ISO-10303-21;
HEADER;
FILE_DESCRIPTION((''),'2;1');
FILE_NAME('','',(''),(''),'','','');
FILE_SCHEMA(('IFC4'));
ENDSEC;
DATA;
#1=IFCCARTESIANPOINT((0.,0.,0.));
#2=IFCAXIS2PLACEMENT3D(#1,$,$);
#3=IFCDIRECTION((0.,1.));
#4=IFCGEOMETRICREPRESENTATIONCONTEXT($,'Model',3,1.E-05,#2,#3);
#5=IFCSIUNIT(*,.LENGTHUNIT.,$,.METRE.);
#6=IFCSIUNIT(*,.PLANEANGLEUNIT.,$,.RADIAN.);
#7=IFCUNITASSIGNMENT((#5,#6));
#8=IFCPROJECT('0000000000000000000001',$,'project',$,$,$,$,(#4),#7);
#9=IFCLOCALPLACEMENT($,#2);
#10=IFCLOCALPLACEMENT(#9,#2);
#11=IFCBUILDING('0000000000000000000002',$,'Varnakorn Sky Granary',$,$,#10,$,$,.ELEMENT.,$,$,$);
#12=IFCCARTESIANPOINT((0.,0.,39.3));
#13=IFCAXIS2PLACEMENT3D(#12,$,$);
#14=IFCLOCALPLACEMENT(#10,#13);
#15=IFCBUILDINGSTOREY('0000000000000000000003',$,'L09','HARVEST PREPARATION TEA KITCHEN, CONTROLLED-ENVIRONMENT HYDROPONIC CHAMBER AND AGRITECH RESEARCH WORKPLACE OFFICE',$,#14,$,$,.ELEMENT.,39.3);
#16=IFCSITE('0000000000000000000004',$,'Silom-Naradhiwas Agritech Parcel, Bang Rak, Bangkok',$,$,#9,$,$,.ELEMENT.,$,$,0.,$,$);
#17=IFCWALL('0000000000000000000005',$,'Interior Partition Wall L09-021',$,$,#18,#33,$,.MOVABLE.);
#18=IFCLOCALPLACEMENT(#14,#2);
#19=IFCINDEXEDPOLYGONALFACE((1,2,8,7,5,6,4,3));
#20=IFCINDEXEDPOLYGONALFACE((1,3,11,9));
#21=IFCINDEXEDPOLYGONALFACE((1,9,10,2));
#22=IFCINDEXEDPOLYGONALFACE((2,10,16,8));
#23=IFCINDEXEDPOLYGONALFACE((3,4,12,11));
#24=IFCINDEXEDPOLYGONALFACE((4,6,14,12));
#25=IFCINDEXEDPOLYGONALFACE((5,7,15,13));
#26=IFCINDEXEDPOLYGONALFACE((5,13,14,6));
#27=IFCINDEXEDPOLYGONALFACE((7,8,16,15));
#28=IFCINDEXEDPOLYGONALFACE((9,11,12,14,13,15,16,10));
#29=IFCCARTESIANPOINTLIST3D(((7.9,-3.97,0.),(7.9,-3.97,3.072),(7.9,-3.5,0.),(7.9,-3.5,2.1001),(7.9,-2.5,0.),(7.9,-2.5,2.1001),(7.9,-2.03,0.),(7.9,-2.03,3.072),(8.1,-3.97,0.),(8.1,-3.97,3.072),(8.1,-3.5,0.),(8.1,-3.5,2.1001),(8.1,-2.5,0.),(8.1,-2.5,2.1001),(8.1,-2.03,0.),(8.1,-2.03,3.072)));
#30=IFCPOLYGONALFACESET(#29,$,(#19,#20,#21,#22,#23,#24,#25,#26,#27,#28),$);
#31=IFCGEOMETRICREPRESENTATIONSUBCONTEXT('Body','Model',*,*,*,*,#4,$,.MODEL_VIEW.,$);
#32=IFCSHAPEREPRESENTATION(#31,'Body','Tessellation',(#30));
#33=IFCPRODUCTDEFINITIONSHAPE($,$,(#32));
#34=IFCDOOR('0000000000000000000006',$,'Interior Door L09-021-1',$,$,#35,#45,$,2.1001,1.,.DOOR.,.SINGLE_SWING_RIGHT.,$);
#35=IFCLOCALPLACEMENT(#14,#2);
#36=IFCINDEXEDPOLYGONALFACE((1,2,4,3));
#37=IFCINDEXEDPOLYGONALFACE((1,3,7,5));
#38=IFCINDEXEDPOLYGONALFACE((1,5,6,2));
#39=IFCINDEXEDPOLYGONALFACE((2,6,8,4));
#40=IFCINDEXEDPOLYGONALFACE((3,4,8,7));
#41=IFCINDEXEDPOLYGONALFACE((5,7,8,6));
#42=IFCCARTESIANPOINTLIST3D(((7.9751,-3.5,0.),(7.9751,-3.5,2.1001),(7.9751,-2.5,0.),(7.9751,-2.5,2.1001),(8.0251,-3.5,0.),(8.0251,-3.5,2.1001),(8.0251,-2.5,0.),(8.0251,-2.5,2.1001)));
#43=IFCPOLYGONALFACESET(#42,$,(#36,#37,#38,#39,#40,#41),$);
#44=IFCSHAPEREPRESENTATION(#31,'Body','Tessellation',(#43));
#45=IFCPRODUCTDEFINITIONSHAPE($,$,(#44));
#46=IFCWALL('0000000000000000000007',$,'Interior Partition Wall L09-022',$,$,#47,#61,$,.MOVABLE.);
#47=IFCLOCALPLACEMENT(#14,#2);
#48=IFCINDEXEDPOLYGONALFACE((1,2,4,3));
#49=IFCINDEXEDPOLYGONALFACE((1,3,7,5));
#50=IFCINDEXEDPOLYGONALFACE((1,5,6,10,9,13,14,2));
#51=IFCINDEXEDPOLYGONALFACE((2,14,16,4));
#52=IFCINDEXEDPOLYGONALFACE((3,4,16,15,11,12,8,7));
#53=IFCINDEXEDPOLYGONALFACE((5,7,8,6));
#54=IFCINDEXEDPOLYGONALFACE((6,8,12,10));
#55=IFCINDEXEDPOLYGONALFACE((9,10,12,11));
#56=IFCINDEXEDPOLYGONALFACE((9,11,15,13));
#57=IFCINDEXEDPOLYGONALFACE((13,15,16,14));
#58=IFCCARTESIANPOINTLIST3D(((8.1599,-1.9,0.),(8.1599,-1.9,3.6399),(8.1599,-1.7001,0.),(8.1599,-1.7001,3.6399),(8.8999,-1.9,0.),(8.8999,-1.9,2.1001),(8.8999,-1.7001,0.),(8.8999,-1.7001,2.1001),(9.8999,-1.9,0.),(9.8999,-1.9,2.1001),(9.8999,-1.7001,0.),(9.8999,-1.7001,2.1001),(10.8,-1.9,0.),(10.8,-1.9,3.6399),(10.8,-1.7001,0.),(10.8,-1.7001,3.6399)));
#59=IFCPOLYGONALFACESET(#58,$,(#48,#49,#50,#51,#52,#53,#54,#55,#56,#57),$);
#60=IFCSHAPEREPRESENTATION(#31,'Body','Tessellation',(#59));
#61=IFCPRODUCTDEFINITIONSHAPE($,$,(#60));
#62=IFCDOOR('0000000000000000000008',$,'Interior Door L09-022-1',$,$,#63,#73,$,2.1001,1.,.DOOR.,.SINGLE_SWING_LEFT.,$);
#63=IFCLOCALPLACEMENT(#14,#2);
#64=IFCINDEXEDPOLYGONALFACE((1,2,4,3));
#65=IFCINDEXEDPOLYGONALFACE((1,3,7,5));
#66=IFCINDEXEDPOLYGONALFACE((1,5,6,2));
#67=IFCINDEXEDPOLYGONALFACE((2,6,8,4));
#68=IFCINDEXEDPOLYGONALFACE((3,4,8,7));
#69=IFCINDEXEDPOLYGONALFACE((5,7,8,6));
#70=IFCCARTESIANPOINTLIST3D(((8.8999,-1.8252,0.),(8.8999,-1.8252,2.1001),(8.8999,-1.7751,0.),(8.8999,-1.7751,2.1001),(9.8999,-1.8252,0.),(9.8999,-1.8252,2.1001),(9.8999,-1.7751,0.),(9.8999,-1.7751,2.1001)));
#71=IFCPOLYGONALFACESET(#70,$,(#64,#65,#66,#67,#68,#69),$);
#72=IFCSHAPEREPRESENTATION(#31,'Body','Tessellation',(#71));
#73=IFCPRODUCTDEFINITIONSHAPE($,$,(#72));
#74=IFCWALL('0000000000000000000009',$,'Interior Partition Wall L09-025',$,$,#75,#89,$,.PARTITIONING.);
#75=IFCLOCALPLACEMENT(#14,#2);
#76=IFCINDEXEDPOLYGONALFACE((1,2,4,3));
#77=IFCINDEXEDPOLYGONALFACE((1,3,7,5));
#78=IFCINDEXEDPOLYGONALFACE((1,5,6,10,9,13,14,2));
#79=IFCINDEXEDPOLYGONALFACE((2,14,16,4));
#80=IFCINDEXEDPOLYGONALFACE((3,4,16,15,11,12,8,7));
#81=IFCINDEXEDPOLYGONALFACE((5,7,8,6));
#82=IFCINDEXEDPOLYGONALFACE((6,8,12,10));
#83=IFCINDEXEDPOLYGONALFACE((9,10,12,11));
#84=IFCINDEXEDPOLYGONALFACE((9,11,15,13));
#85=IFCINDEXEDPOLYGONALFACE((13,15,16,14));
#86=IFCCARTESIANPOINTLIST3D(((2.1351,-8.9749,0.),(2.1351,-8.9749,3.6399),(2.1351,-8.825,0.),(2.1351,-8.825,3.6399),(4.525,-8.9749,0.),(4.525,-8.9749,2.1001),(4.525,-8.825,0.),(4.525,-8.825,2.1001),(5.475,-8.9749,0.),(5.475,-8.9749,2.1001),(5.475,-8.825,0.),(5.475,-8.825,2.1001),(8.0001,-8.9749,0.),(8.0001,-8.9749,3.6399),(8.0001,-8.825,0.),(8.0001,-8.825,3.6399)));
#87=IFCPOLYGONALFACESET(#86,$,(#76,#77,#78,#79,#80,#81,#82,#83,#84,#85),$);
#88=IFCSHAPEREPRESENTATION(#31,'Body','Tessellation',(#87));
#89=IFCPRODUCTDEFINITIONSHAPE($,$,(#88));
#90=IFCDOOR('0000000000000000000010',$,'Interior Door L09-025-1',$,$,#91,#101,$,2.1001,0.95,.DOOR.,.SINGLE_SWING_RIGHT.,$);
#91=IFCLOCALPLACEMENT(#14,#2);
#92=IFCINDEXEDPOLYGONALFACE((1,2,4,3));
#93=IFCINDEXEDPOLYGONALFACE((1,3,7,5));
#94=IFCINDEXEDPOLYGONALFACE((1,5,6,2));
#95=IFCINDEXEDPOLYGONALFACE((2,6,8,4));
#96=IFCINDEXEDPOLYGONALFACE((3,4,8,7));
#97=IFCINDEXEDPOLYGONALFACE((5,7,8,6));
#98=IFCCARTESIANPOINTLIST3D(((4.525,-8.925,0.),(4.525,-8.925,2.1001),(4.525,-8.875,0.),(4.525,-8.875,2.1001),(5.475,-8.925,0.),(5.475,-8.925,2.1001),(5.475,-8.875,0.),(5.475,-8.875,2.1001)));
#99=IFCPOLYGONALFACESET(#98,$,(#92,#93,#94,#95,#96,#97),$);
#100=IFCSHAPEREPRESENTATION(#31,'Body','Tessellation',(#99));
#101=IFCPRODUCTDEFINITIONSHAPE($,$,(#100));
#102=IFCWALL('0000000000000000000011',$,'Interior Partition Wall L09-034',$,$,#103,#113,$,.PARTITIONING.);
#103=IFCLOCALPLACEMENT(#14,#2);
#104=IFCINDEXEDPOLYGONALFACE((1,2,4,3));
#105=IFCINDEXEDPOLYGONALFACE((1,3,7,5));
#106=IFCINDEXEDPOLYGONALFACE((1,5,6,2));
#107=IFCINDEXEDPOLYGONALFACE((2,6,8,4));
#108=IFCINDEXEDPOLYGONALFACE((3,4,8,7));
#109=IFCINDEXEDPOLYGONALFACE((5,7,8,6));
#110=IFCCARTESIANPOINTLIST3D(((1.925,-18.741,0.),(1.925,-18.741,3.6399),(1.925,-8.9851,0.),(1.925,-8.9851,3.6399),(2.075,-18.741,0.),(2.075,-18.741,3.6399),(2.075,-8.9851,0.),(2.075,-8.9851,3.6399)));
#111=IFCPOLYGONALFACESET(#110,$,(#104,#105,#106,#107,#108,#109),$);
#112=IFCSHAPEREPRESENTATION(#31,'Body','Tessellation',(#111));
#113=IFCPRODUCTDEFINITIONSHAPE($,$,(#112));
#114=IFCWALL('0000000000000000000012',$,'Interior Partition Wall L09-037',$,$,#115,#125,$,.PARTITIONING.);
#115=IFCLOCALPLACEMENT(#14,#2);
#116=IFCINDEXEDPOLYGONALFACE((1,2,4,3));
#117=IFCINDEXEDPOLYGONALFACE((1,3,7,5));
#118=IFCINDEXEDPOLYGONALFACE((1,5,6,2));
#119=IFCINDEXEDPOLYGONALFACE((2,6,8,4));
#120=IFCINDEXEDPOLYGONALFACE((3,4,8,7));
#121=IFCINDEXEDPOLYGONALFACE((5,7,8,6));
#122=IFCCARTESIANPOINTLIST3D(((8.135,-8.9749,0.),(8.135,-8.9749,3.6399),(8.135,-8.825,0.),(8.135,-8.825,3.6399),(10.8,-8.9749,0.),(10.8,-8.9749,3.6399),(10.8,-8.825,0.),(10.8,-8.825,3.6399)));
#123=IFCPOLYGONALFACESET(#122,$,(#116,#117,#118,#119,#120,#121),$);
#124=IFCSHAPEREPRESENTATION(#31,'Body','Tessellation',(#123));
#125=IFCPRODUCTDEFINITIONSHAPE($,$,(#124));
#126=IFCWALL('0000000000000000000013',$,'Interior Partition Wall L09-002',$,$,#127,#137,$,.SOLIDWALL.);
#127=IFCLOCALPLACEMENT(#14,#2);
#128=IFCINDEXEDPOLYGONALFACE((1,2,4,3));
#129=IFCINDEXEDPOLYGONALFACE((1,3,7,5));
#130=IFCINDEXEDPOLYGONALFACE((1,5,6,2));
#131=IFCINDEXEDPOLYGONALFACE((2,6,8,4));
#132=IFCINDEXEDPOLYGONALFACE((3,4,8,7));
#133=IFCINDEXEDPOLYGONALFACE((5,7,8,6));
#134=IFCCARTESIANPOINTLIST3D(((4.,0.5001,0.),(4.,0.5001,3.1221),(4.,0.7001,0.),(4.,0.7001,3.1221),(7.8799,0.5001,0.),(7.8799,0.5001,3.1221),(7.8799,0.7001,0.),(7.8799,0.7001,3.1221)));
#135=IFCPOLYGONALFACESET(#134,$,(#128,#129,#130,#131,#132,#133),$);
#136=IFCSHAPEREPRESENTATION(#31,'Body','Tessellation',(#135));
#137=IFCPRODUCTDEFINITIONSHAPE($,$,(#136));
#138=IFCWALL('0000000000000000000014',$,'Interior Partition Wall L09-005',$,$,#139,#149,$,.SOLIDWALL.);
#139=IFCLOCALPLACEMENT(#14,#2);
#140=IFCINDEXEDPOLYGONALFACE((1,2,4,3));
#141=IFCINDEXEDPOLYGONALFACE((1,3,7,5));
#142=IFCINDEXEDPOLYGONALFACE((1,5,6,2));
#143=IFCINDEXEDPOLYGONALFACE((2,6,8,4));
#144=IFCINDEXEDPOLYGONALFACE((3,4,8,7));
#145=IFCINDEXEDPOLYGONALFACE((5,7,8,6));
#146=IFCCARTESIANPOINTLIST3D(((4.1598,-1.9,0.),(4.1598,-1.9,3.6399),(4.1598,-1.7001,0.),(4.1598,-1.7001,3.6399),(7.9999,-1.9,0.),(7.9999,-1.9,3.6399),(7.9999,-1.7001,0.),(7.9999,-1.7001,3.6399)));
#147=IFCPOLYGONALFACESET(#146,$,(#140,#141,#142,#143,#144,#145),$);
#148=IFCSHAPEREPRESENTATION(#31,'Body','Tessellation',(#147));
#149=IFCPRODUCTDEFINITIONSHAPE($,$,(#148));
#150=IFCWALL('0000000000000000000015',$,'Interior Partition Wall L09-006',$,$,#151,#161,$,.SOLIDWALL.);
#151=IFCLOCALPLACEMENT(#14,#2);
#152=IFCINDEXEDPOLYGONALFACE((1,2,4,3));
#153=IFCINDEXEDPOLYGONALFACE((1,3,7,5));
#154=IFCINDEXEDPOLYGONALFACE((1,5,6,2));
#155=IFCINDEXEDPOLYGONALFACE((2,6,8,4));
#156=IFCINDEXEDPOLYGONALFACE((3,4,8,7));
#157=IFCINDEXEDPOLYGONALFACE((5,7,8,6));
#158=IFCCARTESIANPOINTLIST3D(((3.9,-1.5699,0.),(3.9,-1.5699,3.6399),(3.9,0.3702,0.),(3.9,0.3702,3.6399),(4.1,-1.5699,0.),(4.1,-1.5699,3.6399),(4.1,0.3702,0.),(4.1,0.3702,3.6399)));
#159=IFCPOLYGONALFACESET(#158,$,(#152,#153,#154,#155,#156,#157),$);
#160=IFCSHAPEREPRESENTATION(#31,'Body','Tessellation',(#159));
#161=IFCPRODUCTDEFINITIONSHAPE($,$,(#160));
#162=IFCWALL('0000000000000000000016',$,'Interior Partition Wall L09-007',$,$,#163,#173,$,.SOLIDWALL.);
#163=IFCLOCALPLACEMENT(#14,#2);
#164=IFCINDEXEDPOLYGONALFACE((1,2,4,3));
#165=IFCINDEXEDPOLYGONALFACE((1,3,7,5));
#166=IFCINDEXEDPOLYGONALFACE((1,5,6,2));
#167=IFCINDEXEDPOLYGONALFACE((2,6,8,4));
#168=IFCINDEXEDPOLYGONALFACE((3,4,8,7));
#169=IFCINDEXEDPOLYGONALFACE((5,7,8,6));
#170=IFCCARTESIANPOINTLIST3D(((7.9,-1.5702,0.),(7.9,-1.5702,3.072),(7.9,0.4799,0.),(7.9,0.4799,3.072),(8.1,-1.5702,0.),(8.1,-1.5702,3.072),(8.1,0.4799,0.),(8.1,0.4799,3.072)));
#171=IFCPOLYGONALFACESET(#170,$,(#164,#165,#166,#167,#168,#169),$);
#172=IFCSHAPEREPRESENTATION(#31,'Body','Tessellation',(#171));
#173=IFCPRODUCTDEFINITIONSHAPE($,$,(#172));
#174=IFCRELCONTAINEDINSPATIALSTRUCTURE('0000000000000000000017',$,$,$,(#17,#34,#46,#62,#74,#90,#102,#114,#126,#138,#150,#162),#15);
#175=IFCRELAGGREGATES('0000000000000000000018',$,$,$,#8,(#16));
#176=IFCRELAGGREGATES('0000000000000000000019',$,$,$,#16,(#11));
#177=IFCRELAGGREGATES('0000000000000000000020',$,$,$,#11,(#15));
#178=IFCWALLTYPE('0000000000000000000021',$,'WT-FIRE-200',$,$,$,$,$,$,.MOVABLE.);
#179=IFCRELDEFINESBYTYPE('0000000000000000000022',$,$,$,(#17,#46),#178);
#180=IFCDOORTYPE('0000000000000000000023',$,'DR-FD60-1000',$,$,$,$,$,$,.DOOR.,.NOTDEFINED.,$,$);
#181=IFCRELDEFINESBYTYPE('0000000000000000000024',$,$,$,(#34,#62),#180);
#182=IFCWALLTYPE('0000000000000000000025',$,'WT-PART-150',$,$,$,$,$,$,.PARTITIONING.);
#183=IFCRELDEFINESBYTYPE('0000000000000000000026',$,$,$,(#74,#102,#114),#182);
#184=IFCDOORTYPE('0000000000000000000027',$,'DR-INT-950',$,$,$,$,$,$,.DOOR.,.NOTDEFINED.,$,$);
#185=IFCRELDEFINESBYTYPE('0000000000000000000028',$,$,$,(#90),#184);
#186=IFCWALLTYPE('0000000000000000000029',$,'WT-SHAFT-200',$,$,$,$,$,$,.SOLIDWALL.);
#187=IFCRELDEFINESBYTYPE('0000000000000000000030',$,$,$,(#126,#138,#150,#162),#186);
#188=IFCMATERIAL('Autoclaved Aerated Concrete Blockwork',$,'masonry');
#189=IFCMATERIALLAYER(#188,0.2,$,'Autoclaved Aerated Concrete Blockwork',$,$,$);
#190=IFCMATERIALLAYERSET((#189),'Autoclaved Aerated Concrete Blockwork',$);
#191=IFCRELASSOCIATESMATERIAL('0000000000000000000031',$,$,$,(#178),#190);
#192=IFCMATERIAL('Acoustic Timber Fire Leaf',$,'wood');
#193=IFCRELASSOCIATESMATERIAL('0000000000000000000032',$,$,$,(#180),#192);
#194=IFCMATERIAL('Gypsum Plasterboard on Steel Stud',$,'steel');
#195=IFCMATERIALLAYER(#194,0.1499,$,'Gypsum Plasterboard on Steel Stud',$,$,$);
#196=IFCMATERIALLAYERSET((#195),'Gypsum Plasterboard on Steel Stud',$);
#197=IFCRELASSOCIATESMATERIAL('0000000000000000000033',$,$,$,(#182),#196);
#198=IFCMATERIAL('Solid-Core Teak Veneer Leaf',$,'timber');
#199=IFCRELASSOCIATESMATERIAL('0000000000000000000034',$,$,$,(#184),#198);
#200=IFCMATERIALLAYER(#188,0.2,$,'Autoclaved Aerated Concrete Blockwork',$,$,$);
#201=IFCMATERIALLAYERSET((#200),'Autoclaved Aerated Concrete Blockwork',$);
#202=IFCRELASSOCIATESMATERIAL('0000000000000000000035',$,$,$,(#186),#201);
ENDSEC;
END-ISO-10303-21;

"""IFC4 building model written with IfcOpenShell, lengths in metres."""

from ifc_helpers import new_model, si_unit, direction, frame, frame_2d, origin, place, context, subcontext, project, spatial, rectangle, extrude, material, layer, layer_set, type_object, element, fill, save


model = new_model("IFC4")

# Units and contexts
model_context = context("Model", 3, precision=1e-05, world=origin(), true_north=direction((0.0, 1.0)))
body_context = subcontext(model_context, "Body", "Model", "MODEL_VIEW")
ifc_project = project(units=[si_unit("LENGTHUNIT", "METRE"), si_unit("PLANEANGLEUNIT", "RADIAN")], contexts=[model_context])

# Site, building, storey
site_placement = place(None, origin())
site = spatial("IfcSite", under=ifc_project, at=site_placement, Name="Silom-Naradhiwas Agritech Parcel, Bang Rak, Bangkok", CompositionType="ELEMENT", RefElevation=0.0)
building_placement = place(site_placement, origin())
building = spatial("IfcBuilding", under=site, at=building_placement, Name="Varnakorn Sky Granary", CompositionType="ELEMENT")
storey_placement = place(building_placement, frame((0.0, 0.0, 39.3)))
storey = spatial("IfcBuildingStorey", under=building, at=storey_placement, Name="L09", Description="HARVEST PREPARATION TEA KITCHEN, CONTROLLED-ENVIRONMENT HYDROPONIC CHAMBER AND AGRITECH RESEARCH WORKPLACE OFFICE", CompositionType="ELEMENT", Elevation=39.3)

# Walls, openings, doors
ifc_material_1 = material(Name="Autoclaved Aerated Concrete Blockwork", Category="masonry")
ifc_layer_1 = layer(ifc_material_1, 0.2, Name="Autoclaved Aerated Concrete Blockwork")
ifc_layer_set_1 = layer_set([ifc_layer_1], Name="Autoclaved Aerated Concrete Blockwork")
wall_type_1 = type_object("IfcWallType", Name="WT-FIRE-200", PredefinedType="MOVABLE", material=ifc_layer_set_1)
ifc_material_2 = material(Name="Acoustic Timber Fire Leaf", Category="wood")
door_type_1 = type_object("IfcDoorType", Name="DR-FD60-1000", OperationType="NOTDEFINED", PredefinedType="DOOR", material=ifc_material_2)
wall_1_placement = place(storey_placement, frame((8.0, -3.97, 0.0), z_axis=(0.0, 0.0, 1.0), x_axis=(0.0, 1.0, 0.0)))
wall_1 = element("IfcWall", 1, at=wall_1_placement, inside=storey, type_object=wall_type_1, Name="Interior Partition Wall L09-021", PredefinedType="MOVABLE", context=body_context, shape_type="SweptSolid", body=[
    extrude(rectangle(XDim=1.9399, YDim=0.2, at=frame_2d((0.97, 0.0))), origin(), (0.0, 0.0, 1.0), 3.072),
])
opening_1_placement = place(wall_1_placement, frame((0.47, 0.0, 0.0)))
opening_1 = element("IfcOpeningElement", 2, at=opening_1_placement, cuts=wall_1, PredefinedType="OPENING", context=body_context, shape_type="SweptSolid", body=[
    extrude(rectangle(XDim=1.0, YDim=2.1001, at=frame_2d((0.5, 1.05))), frame((0.0, 0.1099, 0.0), z_axis=(0.0, -1.0, 0.0), x_axis=(1.0, 0.0, 0.0)), (0.0, 0.0, 1.0), 0.22),
])
door_1_placement = place(opening_1_placement, origin())
door_1 = element("IfcDoor", 3, at=door_1_placement, inside=storey, type_object=door_type_1, Name="Interior Door L09-021-1", OperationType="SINGLE_SWING_RIGHT", OverallHeight=2.1001, OverallWidth=1.0, PredefinedType="DOOR", context=body_context, shape_type="SweptSolid", body=[
    extrude(rectangle(XDim=1.0, YDim=2.1001, at=frame_2d((0.5, 1.05))), frame((0.0, 0.0249, 0.0), z_axis=(0.0, -1.0, 0.0), x_axis=(1.0, 0.0, 0.0)), (0.0, 0.0, 1.0), 0.05),
])
fill(opening_1, door_1)
wall_2_placement = place(storey_placement, frame((8.1599, -1.8, 0.0), z_axis=(0.0, 0.0, 1.0), x_axis=(1.0, 0.0, 0.0)))
wall_2 = element("IfcWall", 4, at=wall_2_placement, inside=storey, type_object=wall_type_1, Name="Interior Partition Wall L09-022", PredefinedType="MOVABLE", context=body_context, shape_type="SweptSolid", body=[
    extrude(rectangle(XDim=2.6401, YDim=0.2, at=frame_2d((1.3201, 0.0))), origin(), (0.0, 0.0, 1.0), 3.6399),
])
opening_2_placement = place(wall_2_placement, frame((0.74, 0.0, 0.0)))
opening_2 = element("IfcOpeningElement", 5, at=opening_2_placement, cuts=wall_2, PredefinedType="OPENING", context=body_context, shape_type="SweptSolid", body=[
    extrude(rectangle(XDim=1.0, YDim=2.1001, at=frame_2d((0.5, 1.05))), frame((0.0, 0.1099, 0.0), z_axis=(0.0, -1.0, 0.0), x_axis=(1.0, 0.0, 0.0)), (0.0, 0.0, 1.0), 0.22),
])
door_2_placement = place(opening_2_placement, origin())
door_2 = element("IfcDoor", 6, at=door_2_placement, inside=storey, type_object=door_type_1, Name="Interior Door L09-022-1", OperationType="SINGLE_SWING_LEFT", OverallHeight=2.1001, OverallWidth=1.0, PredefinedType="DOOR", context=body_context, shape_type="SweptSolid", body=[
    extrude(rectangle(XDim=1.0, YDim=2.1001, at=frame_2d((0.5, 1.05))), frame((0.0, 0.0249, 0.0), z_axis=(0.0, -1.0, 0.0), x_axis=(1.0, 0.0, 0.0)), (0.0, 0.0, 1.0), 0.05),
])
fill(opening_2, door_2)
ifc_material_3 = material(Name="Gypsum Plasterboard on Steel Stud", Category="steel")
ifc_layer_2 = layer(ifc_material_3, 0.1499, Name="Gypsum Plasterboard on Steel Stud")
ifc_layer_set_2 = layer_set([ifc_layer_2], Name="Gypsum Plasterboard on Steel Stud")
wall_type_2 = type_object("IfcWallType", Name="WT-PART-150", PredefinedType="PARTITIONING", material=ifc_layer_set_2)
wall_3_placement = place(storey_placement, frame((2.135, -8.8999, 0.0), z_axis=(0.0, 0.0, 1.0), x_axis=(1.0, 0.0, 0.0)))
wall_3 = element("IfcWall", 7, at=wall_3_placement, inside=storey, type_object=wall_type_2, Name="Interior Partition Wall L09-025", PredefinedType="PARTITIONING", context=body_context, shape_type="SweptSolid", body=[
    extrude(rectangle(XDim=5.865, YDim=0.1499, at=frame_2d((2.9326, 0.0))), origin(), (0.0, 0.0, 1.0), 3.6399),
])
opening_3_placement = place(wall_3_placement, frame((2.3899, 0.0, 0.0)))
opening_3 = element("IfcOpeningElement", 8, at=opening_3_placement, cuts=wall_3, PredefinedType="OPENING", context=body_context, shape_type="SweptSolid", body=[
    extrude(rectangle(XDim=0.95, YDim=2.1001, at=frame_2d((0.4751, 1.05))), frame((0.0, 0.085, 0.0), z_axis=(0.0, -1.0, 0.0), x_axis=(1.0, 0.0, 0.0)), (0.0, 0.0, 1.0), 0.1699),
])
ifc_material_4 = material(Name="Solid-Core Teak Veneer Leaf", Category="timber")
door_type_2 = type_object("IfcDoorType", Name="DR-INT-950", OperationType="NOTDEFINED", PredefinedType="DOOR", material=ifc_material_4)
door_3_placement = place(opening_3_placement, origin())
door_3 = element("IfcDoor", 9, at=door_3_placement, inside=storey, type_object=door_type_2, Name="Interior Door L09-025-1", OperationType="SINGLE_SWING_RIGHT", OverallHeight=2.1001, OverallWidth=0.95, PredefinedType="DOOR", context=body_context, shape_type="SweptSolid", body=[
    extrude(rectangle(XDim=0.95, YDim=2.1001, at=frame_2d((0.4751, 1.05))), frame((0.0, 0.0249, 0.0), z_axis=(0.0, -1.0, 0.0), x_axis=(1.0, 0.0, 0.0)), (0.0, 0.0, 1.0), 0.05),
])
fill(opening_3, door_3)

# Walls
wall_4_placement = place(storey_placement, frame((2.0, -8.9851, 0.0), z_axis=(0.0, 0.0, 1.0), x_axis=(0.0, -1.0, 0.0)))
element("IfcWall", 10, at=wall_4_placement, inside=storey, type_object=wall_type_2, Name="Interior Partition Wall L09-034", PredefinedType="PARTITIONING", context=body_context, shape_type="SweptSolid", body=[
    extrude(rectangle(XDim=9.7559, YDim=0.1499, at=frame_2d((4.8779, 0.0))), origin(), (0.0, 0.0, 1.0), 3.6399),
])
wall_5_placement = place(storey_placement, frame((8.135, -8.8999, 0.0), z_axis=(0.0, 0.0, 1.0), x_axis=(1.0, 0.0, 0.0)))
element("IfcWall", 11, at=wall_5_placement, inside=storey, type_object=wall_type_2, Name="Interior Partition Wall L09-037", PredefinedType="PARTITIONING", context=body_context, shape_type="SweptSolid", body=[
    extrude(rectangle(XDim=2.665, YDim=0.1499, at=frame_2d((1.3325, 0.0))), origin(), (0.0, 0.0, 1.0), 3.6399),
])
ifc_layer_3 = layer(ifc_material_1, 0.2, Name="Autoclaved Aerated Concrete Blockwork")
ifc_layer_set_3 = layer_set([ifc_layer_3], Name="Autoclaved Aerated Concrete Blockwork")
wall_type_3 = type_object("IfcWallType", Name="WT-SHAFT-200", PredefinedType="SOLIDWALL", material=ifc_layer_set_3)
wall_6_placement = place(storey_placement, frame((4.0, 0.6001, 0.0), z_axis=(0.0, 0.0, 1.0), x_axis=(1.0, 0.0, 0.0)))
element("IfcWall", 12, at=wall_6_placement, inside=storey, type_object=wall_type_3, Name="Interior Partition Wall L09-002", PredefinedType="SOLIDWALL", context=body_context, shape_type="SweptSolid", body=[
    extrude(rectangle(XDim=3.8799, YDim=0.2, at=frame_2d((1.9399, 0.0))), origin(), (0.0, 0.0, 1.0), 3.1221),
])
wall_7_placement = place(storey_placement, frame((4.1599, -1.8, 0.0), z_axis=(0.0, 0.0, 1.0), x_axis=(1.0, 0.0, 0.0)))
element("IfcWall", 13, at=wall_7_placement, inside=storey, type_object=wall_type_3, Name="Interior Partition Wall L09-005", PredefinedType="SOLIDWALL", context=body_context, shape_type="SweptSolid", body=[
    extrude(rectangle(XDim=3.8401, YDim=0.2, at=frame_2d((1.9199, 0.0))), origin(), (0.0, 0.0, 1.0), 3.6399),
])
wall_8_placement = place(storey_placement, frame((4.0, -1.5701, 0.0), z_axis=(0.0, 0.0, 1.0), x_axis=(0.0, 1.0, 0.0)))
element("IfcWall", 14, at=wall_8_placement, inside=storey, type_object=wall_type_3, Name="Interior Partition Wall L09-006", PredefinedType="SOLIDWALL", context=body_context, shape_type="SweptSolid", body=[
    extrude(rectangle(XDim=1.9402, YDim=0.2, at=frame_2d((0.9702, 0.0))), origin(), (0.0, 0.0, 1.0), 3.6399),
])
wall_9_placement = place(storey_placement, frame((8.0, -1.5701, 0.0), z_axis=(0.0, 0.0, 1.0), x_axis=(0.0, 1.0, 0.0)))
element("IfcWall", 15, at=wall_9_placement, inside=storey, type_object=wall_type_3, Name="Interior Partition Wall L09-007", PredefinedType="SOLIDWALL", context=body_context, shape_type="SweptSolid", body=[
    extrude(rectangle(XDim=2.05, YDim=0.2, at=frame_2d((1.0249, 0.0))), origin(), (0.0, 0.0, 1.0), 3.072),
])

save(model, "model.ifc")
